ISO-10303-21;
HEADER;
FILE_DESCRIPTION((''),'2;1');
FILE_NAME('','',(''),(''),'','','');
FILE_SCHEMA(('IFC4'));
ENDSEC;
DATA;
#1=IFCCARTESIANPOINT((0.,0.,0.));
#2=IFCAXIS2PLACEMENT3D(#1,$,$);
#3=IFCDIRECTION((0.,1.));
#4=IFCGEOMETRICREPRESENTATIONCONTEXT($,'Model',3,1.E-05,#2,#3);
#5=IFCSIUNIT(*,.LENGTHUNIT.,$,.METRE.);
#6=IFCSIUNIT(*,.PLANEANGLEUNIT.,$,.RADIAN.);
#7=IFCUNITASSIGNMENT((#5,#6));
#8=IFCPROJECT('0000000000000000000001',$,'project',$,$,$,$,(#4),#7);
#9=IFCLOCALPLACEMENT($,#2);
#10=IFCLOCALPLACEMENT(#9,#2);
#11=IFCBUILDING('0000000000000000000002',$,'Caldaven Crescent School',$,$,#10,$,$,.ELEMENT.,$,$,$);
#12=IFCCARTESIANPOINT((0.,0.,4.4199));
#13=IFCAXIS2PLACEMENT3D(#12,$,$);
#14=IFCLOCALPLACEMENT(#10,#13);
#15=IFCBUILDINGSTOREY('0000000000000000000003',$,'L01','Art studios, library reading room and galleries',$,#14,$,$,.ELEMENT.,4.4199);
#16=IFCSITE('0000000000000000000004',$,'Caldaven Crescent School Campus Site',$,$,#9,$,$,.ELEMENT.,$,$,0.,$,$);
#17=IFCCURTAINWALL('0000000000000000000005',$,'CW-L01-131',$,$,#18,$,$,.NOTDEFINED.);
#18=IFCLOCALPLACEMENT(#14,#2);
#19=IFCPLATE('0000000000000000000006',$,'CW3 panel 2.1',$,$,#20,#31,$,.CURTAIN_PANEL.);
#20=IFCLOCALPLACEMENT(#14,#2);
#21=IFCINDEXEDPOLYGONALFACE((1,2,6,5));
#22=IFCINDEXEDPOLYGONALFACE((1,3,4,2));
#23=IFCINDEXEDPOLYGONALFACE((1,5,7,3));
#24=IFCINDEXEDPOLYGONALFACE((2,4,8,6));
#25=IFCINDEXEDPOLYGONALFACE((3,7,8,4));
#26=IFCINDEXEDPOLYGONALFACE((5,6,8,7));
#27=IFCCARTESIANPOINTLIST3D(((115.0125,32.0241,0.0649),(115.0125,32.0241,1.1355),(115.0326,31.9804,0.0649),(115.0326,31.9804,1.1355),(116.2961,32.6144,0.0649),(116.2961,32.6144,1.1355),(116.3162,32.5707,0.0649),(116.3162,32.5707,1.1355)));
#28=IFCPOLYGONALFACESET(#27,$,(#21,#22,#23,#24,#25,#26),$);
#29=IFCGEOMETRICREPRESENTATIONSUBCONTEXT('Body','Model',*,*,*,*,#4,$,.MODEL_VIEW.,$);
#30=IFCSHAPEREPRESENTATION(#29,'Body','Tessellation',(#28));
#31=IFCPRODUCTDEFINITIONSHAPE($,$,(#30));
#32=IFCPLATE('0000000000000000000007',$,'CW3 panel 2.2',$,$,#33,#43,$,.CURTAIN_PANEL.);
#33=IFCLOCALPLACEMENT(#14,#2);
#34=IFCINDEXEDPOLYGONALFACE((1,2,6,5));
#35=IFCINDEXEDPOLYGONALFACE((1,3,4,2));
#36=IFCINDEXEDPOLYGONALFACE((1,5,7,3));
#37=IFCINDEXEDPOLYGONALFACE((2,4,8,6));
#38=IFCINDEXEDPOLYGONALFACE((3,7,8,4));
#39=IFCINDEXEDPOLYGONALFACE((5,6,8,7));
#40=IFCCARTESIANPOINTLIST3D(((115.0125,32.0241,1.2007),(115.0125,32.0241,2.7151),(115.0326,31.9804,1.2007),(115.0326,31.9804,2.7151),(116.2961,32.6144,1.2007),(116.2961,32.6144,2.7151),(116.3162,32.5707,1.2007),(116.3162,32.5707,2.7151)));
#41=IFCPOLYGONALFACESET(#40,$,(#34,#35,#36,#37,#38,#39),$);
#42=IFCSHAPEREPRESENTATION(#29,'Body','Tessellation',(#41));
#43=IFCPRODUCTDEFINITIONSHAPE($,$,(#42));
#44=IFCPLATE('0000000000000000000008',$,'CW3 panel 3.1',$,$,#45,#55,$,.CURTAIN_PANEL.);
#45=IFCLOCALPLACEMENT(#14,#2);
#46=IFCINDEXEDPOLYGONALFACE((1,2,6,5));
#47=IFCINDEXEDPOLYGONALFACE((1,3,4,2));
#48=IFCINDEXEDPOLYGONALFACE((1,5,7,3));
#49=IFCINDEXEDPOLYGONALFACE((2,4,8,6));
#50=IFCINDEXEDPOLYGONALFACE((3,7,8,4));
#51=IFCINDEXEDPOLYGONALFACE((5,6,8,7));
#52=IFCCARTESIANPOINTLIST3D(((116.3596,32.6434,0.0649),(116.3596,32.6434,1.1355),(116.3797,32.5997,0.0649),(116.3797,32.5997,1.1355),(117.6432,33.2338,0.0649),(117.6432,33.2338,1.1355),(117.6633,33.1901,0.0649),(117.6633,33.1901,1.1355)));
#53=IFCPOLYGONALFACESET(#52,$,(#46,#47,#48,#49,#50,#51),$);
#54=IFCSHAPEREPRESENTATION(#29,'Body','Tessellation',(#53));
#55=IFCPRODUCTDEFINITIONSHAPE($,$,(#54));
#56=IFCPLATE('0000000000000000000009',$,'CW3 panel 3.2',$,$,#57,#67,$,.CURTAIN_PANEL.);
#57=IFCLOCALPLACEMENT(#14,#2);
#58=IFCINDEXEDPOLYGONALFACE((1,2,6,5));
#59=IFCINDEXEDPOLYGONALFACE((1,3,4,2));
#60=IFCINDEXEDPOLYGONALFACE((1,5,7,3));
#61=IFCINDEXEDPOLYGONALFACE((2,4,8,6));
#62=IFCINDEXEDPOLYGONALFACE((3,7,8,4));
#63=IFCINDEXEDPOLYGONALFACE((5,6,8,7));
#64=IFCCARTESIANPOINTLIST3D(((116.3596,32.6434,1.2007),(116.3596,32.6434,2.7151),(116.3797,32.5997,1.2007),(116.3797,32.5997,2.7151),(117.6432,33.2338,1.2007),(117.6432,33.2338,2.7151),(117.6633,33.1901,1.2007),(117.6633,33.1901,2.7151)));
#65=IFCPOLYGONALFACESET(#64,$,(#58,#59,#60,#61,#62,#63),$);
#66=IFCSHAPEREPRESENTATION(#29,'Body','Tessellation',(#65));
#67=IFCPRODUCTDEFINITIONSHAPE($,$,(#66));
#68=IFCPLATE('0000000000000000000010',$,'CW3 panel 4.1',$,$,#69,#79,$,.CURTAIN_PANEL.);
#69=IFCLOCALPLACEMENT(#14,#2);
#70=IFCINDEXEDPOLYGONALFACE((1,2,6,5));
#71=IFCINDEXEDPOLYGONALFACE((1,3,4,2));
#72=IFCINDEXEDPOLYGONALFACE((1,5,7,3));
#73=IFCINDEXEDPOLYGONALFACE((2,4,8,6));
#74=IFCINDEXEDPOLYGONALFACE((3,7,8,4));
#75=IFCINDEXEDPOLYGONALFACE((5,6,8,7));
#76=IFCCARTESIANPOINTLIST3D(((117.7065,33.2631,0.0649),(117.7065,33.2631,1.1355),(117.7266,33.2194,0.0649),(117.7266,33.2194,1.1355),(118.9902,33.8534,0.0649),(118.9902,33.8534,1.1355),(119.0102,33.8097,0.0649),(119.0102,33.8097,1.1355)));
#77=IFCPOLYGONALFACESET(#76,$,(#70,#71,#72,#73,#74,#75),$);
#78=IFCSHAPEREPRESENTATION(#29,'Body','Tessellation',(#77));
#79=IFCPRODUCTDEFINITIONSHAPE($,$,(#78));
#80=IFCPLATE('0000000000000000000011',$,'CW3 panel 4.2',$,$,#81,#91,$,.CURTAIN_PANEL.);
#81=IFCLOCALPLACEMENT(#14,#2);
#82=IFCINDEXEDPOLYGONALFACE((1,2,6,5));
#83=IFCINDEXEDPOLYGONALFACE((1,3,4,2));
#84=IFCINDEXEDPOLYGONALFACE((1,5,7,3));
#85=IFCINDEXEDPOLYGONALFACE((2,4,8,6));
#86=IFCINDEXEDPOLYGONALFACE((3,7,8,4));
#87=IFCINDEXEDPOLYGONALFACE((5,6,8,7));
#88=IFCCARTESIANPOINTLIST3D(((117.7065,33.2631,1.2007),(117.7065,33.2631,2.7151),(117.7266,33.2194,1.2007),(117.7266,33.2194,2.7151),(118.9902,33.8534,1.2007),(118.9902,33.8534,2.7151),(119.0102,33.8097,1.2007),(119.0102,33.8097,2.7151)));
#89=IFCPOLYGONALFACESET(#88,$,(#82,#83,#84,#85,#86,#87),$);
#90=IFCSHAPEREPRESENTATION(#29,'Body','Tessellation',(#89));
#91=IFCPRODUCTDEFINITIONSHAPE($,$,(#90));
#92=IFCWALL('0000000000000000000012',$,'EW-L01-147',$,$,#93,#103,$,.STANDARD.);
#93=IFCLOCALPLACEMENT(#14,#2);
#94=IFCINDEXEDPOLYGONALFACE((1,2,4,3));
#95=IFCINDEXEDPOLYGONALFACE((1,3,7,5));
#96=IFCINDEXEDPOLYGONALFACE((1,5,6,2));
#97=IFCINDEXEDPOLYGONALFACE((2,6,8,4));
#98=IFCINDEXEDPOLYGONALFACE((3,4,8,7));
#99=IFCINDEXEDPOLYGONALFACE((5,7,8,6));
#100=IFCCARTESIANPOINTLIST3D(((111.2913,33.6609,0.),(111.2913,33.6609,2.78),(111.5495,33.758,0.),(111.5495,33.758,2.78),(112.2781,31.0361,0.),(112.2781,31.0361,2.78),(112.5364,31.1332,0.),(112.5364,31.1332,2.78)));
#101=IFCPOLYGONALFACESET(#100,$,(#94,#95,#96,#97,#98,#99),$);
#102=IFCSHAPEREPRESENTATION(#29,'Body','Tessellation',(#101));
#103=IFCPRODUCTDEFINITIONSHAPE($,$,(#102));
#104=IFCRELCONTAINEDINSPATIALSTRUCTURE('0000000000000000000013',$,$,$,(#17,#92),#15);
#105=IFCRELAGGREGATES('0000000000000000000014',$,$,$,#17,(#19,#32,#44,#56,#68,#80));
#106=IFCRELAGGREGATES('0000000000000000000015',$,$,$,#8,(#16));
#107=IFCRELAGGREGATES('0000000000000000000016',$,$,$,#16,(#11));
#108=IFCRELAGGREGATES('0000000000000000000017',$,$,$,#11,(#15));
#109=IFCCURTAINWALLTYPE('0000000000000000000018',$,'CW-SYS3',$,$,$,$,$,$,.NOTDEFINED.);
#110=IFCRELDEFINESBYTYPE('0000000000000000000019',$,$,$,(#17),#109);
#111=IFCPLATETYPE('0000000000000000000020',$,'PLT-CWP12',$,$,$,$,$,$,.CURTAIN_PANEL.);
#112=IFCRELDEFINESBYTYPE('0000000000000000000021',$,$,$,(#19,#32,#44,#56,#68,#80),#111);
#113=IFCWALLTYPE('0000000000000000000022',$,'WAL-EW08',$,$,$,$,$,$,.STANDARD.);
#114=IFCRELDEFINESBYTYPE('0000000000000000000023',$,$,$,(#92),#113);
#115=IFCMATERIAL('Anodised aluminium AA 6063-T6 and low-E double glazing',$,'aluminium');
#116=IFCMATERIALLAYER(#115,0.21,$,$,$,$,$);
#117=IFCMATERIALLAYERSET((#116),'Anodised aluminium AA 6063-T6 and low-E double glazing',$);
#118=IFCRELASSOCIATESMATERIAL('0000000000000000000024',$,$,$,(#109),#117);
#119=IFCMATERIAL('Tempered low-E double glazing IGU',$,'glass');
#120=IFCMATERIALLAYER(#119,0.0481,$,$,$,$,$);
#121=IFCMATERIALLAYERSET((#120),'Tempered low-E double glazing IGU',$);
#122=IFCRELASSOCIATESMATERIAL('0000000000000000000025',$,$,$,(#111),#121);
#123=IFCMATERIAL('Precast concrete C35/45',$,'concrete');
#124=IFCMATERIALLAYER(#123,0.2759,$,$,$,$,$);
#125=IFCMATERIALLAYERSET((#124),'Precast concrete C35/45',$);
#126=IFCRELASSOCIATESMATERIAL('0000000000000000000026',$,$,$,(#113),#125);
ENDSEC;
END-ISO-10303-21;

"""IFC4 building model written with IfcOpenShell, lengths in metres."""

from ifc_helpers import new_model, si_unit, direction, frame, frame_2d, origin, origin_2d, place, context, subcontext, project, spatial, rectangle, extrude, material, layer, layer_set, type_object, element, aggregate, save


model = new_model("IFC4")

# Units and contexts
model_context = context("Model", 3, precision=1e-05, world=origin(), true_north=direction((0.0, 1.0)))
body_context = subcontext(model_context, "Body", "Model", "MODEL_VIEW")
ifc_project = project(units=[si_unit("LENGTHUNIT", "METRE"), si_unit("PLANEANGLEUNIT", "RADIAN")], contexts=[model_context])

# Site, building, storey
site_placement = place(None, origin())
site = spatial("IfcSite", under=ifc_project, at=site_placement, Name="Caldaven Crescent School Campus Site", CompositionType="ELEMENT", RefElevation=0.0)
building_placement = place(site_placement, origin())
building = spatial("IfcBuilding", under=site, at=building_placement, Name="Caldaven Crescent School", CompositionType="ELEMENT")
storey_placement = place(building_placement, frame((0.0, 0.0, 4.4199)))
storey = spatial("IfcBuildingStorey", under=building, at=storey_placement, Name="L01", Description="Art studios, library reading room and galleries", CompositionType="ELEMENT", Elevation=4.4199)

# Curtain wall
ifc_material_1 = material(Name="Anodised aluminium AA 6063-T6 and low-E double glazing", Category="aluminium")
ifc_layer_1 = layer(ifc_material_1, 0.21)
ifc_layer_set_1 = layer_set([ifc_layer_1], Name="Anodised aluminium AA 6063-T6 and low-E double glazing")
curtain_wall_type = type_object("IfcCurtainWallType", Name="CW-SYS3", PredefinedType="NOTDEFINED", material=ifc_layer_set_1)
curtain_wall_placement = place(storey_placement, origin())
curtain_wall = element("IfcCurtainWall", 1, at=curtain_wall_placement, inside=storey, type_object=curtain_wall_type, Name="CW-L01-131", PredefinedType="NOTDEFINED")

# Plates
ifc_material_2 = material(Name="Tempered low-E double glazing IGU", Category="glass")
ifc_layer_2 = layer(ifc_material_2, 0.0481)
ifc_layer_set_2 = layer_set([ifc_layer_2], Name="Tempered low-E double glazing IGU")
plate_type = type_object("IfcPlateType", Name="PLT-CWP12", PredefinedType="CURTAIN_PANEL", material=ifc_layer_set_2)
plate_1_placement = place(storey_placement, frame((115.6643, 32.2974, 0.0649), z_axis=(0.0, 0.0, 1.0), x_axis=(0.908528, 0.417823, 0.0)))
plate_1 = element("IfcPlate", 2, at=plate_1_placement, type_object=plate_type, Name="CW3 panel 2.1", PredefinedType="CURTAIN_PANEL", context=body_context, shape_type="SweptSolid", body=[
    extrude(rectangle(XDim=1.4128, YDim=0.0481, at=origin_2d()), origin(), (0.0, 0.0, 1.0), 1.0706),
])
plate_2_placement = place(storey_placement, frame((115.6643, 32.2974, 1.2007), z_axis=(0.0, 0.0, 1.0), x_axis=(0.908528, 0.417823, 0.0)))
plate_2 = element("IfcPlate", 3, at=plate_2_placement, type_object=plate_type, Name="CW3 panel 2.2", PredefinedType="CURTAIN_PANEL", context=body_context, shape_type="SweptSolid", body=[
    extrude(rectangle(XDim=1.4128, YDim=0.0481, at=origin_2d()), origin(), (0.0, 0.0, 1.0), 1.5144),
])
plate_3_placement = place(storey_placement, frame((117.0115, 32.9167, 0.0649), z_axis=(0.0, 0.0, 1.0), x_axis=(0.908528, 0.417823, 0.0)))
plate_3 = element("IfcPlate", 4, at=plate_3_placement, type_object=plate_type, Name="CW3 panel 3.1", PredefinedType="CURTAIN_PANEL", context=body_context, shape_type="SweptSolid", body=[
    extrude(rectangle(XDim=1.4128, YDim=0.0481, at=origin_2d()), origin(), (0.0, 0.0, 1.0), 1.0706),
])
plate_4_placement = place(storey_placement, frame((117.0115, 32.9167, 1.2007), z_axis=(0.0, 0.0, 1.0), x_axis=(0.908528, 0.417823, 0.0)))
plate_4 = element("IfcPlate", 5, at=plate_4_placement, type_object=plate_type, Name="CW3 panel 3.2", PredefinedType="CURTAIN_PANEL", context=body_context, shape_type="SweptSolid", body=[
    extrude(rectangle(XDim=1.4128, YDim=0.0481, at=origin_2d()), origin(), (0.0, 0.0, 1.0), 1.5144),
])
plate_5_placement = place(storey_placement, frame((118.3584, 33.5364, 0.0649), z_axis=(0.0, 0.0, 1.0), x_axis=(0.908528, 0.417823, 0.0)))
plate_5 = element("IfcPlate", 6, at=plate_5_placement, type_object=plate_type, Name="CW3 panel 4.1", PredefinedType="CURTAIN_PANEL", context=body_context, shape_type="SweptSolid", body=[
    extrude(rectangle(XDim=1.4128, YDim=0.0481, at=origin_2d()), origin(), (0.0, 0.0, 1.0), 1.0706),
])
plate_6_placement = place(storey_placement, frame((118.3584, 33.5364, 1.2007), z_axis=(0.0, 0.0, 1.0), x_axis=(0.908528, 0.417823, 0.0)))
plate_6 = element("IfcPlate", 7, at=plate_6_placement, type_object=plate_type, Name="CW3 panel 4.2", PredefinedType="CURTAIN_PANEL", context=body_context, shape_type="SweptSolid", body=[
    extrude(rectangle(XDim=1.4128, YDim=0.0481, at=origin_2d()), origin(), (0.0, 0.0, 1.0), 1.5144),
])
aggregate(curtain_wall, [plate_1, plate_2, plate_3, plate_4, plate_5, plate_6])

# Wall
ifc_material_3 = material(Name="Precast concrete C35/45", Category="concrete")
ifc_layer_3 = layer(ifc_material_3, 0.2759)
ifc_layer_set_3 = layer_set([ifc_layer_3], Name="Precast concrete C35/45")
wall_type = type_object("IfcWallType", Name="WAL-EW08", PredefinedType="STANDARD", material=ifc_layer_set_3)
wall_placement = place(storey_placement, frame((111.4204, 33.7095, 0.0), z_axis=(0.0, 0.0, 1.0), x_axis=(0.351915, -0.936032, 0.0)))
element("IfcWall", 8, at=wall_placement, inside=storey, type_object=wall_type, Name="EW-L01-147", PredefinedType="STANDARD", context=body_context, shape_type="SweptSolid", body=[
    extrude(rectangle(XDim=2.8042, YDim=0.2759, at=frame_2d((1.4021, 0.0))), origin(), (0.0, 0.0, 1.0), 2.78),
])

save(model, "model.ifc")
